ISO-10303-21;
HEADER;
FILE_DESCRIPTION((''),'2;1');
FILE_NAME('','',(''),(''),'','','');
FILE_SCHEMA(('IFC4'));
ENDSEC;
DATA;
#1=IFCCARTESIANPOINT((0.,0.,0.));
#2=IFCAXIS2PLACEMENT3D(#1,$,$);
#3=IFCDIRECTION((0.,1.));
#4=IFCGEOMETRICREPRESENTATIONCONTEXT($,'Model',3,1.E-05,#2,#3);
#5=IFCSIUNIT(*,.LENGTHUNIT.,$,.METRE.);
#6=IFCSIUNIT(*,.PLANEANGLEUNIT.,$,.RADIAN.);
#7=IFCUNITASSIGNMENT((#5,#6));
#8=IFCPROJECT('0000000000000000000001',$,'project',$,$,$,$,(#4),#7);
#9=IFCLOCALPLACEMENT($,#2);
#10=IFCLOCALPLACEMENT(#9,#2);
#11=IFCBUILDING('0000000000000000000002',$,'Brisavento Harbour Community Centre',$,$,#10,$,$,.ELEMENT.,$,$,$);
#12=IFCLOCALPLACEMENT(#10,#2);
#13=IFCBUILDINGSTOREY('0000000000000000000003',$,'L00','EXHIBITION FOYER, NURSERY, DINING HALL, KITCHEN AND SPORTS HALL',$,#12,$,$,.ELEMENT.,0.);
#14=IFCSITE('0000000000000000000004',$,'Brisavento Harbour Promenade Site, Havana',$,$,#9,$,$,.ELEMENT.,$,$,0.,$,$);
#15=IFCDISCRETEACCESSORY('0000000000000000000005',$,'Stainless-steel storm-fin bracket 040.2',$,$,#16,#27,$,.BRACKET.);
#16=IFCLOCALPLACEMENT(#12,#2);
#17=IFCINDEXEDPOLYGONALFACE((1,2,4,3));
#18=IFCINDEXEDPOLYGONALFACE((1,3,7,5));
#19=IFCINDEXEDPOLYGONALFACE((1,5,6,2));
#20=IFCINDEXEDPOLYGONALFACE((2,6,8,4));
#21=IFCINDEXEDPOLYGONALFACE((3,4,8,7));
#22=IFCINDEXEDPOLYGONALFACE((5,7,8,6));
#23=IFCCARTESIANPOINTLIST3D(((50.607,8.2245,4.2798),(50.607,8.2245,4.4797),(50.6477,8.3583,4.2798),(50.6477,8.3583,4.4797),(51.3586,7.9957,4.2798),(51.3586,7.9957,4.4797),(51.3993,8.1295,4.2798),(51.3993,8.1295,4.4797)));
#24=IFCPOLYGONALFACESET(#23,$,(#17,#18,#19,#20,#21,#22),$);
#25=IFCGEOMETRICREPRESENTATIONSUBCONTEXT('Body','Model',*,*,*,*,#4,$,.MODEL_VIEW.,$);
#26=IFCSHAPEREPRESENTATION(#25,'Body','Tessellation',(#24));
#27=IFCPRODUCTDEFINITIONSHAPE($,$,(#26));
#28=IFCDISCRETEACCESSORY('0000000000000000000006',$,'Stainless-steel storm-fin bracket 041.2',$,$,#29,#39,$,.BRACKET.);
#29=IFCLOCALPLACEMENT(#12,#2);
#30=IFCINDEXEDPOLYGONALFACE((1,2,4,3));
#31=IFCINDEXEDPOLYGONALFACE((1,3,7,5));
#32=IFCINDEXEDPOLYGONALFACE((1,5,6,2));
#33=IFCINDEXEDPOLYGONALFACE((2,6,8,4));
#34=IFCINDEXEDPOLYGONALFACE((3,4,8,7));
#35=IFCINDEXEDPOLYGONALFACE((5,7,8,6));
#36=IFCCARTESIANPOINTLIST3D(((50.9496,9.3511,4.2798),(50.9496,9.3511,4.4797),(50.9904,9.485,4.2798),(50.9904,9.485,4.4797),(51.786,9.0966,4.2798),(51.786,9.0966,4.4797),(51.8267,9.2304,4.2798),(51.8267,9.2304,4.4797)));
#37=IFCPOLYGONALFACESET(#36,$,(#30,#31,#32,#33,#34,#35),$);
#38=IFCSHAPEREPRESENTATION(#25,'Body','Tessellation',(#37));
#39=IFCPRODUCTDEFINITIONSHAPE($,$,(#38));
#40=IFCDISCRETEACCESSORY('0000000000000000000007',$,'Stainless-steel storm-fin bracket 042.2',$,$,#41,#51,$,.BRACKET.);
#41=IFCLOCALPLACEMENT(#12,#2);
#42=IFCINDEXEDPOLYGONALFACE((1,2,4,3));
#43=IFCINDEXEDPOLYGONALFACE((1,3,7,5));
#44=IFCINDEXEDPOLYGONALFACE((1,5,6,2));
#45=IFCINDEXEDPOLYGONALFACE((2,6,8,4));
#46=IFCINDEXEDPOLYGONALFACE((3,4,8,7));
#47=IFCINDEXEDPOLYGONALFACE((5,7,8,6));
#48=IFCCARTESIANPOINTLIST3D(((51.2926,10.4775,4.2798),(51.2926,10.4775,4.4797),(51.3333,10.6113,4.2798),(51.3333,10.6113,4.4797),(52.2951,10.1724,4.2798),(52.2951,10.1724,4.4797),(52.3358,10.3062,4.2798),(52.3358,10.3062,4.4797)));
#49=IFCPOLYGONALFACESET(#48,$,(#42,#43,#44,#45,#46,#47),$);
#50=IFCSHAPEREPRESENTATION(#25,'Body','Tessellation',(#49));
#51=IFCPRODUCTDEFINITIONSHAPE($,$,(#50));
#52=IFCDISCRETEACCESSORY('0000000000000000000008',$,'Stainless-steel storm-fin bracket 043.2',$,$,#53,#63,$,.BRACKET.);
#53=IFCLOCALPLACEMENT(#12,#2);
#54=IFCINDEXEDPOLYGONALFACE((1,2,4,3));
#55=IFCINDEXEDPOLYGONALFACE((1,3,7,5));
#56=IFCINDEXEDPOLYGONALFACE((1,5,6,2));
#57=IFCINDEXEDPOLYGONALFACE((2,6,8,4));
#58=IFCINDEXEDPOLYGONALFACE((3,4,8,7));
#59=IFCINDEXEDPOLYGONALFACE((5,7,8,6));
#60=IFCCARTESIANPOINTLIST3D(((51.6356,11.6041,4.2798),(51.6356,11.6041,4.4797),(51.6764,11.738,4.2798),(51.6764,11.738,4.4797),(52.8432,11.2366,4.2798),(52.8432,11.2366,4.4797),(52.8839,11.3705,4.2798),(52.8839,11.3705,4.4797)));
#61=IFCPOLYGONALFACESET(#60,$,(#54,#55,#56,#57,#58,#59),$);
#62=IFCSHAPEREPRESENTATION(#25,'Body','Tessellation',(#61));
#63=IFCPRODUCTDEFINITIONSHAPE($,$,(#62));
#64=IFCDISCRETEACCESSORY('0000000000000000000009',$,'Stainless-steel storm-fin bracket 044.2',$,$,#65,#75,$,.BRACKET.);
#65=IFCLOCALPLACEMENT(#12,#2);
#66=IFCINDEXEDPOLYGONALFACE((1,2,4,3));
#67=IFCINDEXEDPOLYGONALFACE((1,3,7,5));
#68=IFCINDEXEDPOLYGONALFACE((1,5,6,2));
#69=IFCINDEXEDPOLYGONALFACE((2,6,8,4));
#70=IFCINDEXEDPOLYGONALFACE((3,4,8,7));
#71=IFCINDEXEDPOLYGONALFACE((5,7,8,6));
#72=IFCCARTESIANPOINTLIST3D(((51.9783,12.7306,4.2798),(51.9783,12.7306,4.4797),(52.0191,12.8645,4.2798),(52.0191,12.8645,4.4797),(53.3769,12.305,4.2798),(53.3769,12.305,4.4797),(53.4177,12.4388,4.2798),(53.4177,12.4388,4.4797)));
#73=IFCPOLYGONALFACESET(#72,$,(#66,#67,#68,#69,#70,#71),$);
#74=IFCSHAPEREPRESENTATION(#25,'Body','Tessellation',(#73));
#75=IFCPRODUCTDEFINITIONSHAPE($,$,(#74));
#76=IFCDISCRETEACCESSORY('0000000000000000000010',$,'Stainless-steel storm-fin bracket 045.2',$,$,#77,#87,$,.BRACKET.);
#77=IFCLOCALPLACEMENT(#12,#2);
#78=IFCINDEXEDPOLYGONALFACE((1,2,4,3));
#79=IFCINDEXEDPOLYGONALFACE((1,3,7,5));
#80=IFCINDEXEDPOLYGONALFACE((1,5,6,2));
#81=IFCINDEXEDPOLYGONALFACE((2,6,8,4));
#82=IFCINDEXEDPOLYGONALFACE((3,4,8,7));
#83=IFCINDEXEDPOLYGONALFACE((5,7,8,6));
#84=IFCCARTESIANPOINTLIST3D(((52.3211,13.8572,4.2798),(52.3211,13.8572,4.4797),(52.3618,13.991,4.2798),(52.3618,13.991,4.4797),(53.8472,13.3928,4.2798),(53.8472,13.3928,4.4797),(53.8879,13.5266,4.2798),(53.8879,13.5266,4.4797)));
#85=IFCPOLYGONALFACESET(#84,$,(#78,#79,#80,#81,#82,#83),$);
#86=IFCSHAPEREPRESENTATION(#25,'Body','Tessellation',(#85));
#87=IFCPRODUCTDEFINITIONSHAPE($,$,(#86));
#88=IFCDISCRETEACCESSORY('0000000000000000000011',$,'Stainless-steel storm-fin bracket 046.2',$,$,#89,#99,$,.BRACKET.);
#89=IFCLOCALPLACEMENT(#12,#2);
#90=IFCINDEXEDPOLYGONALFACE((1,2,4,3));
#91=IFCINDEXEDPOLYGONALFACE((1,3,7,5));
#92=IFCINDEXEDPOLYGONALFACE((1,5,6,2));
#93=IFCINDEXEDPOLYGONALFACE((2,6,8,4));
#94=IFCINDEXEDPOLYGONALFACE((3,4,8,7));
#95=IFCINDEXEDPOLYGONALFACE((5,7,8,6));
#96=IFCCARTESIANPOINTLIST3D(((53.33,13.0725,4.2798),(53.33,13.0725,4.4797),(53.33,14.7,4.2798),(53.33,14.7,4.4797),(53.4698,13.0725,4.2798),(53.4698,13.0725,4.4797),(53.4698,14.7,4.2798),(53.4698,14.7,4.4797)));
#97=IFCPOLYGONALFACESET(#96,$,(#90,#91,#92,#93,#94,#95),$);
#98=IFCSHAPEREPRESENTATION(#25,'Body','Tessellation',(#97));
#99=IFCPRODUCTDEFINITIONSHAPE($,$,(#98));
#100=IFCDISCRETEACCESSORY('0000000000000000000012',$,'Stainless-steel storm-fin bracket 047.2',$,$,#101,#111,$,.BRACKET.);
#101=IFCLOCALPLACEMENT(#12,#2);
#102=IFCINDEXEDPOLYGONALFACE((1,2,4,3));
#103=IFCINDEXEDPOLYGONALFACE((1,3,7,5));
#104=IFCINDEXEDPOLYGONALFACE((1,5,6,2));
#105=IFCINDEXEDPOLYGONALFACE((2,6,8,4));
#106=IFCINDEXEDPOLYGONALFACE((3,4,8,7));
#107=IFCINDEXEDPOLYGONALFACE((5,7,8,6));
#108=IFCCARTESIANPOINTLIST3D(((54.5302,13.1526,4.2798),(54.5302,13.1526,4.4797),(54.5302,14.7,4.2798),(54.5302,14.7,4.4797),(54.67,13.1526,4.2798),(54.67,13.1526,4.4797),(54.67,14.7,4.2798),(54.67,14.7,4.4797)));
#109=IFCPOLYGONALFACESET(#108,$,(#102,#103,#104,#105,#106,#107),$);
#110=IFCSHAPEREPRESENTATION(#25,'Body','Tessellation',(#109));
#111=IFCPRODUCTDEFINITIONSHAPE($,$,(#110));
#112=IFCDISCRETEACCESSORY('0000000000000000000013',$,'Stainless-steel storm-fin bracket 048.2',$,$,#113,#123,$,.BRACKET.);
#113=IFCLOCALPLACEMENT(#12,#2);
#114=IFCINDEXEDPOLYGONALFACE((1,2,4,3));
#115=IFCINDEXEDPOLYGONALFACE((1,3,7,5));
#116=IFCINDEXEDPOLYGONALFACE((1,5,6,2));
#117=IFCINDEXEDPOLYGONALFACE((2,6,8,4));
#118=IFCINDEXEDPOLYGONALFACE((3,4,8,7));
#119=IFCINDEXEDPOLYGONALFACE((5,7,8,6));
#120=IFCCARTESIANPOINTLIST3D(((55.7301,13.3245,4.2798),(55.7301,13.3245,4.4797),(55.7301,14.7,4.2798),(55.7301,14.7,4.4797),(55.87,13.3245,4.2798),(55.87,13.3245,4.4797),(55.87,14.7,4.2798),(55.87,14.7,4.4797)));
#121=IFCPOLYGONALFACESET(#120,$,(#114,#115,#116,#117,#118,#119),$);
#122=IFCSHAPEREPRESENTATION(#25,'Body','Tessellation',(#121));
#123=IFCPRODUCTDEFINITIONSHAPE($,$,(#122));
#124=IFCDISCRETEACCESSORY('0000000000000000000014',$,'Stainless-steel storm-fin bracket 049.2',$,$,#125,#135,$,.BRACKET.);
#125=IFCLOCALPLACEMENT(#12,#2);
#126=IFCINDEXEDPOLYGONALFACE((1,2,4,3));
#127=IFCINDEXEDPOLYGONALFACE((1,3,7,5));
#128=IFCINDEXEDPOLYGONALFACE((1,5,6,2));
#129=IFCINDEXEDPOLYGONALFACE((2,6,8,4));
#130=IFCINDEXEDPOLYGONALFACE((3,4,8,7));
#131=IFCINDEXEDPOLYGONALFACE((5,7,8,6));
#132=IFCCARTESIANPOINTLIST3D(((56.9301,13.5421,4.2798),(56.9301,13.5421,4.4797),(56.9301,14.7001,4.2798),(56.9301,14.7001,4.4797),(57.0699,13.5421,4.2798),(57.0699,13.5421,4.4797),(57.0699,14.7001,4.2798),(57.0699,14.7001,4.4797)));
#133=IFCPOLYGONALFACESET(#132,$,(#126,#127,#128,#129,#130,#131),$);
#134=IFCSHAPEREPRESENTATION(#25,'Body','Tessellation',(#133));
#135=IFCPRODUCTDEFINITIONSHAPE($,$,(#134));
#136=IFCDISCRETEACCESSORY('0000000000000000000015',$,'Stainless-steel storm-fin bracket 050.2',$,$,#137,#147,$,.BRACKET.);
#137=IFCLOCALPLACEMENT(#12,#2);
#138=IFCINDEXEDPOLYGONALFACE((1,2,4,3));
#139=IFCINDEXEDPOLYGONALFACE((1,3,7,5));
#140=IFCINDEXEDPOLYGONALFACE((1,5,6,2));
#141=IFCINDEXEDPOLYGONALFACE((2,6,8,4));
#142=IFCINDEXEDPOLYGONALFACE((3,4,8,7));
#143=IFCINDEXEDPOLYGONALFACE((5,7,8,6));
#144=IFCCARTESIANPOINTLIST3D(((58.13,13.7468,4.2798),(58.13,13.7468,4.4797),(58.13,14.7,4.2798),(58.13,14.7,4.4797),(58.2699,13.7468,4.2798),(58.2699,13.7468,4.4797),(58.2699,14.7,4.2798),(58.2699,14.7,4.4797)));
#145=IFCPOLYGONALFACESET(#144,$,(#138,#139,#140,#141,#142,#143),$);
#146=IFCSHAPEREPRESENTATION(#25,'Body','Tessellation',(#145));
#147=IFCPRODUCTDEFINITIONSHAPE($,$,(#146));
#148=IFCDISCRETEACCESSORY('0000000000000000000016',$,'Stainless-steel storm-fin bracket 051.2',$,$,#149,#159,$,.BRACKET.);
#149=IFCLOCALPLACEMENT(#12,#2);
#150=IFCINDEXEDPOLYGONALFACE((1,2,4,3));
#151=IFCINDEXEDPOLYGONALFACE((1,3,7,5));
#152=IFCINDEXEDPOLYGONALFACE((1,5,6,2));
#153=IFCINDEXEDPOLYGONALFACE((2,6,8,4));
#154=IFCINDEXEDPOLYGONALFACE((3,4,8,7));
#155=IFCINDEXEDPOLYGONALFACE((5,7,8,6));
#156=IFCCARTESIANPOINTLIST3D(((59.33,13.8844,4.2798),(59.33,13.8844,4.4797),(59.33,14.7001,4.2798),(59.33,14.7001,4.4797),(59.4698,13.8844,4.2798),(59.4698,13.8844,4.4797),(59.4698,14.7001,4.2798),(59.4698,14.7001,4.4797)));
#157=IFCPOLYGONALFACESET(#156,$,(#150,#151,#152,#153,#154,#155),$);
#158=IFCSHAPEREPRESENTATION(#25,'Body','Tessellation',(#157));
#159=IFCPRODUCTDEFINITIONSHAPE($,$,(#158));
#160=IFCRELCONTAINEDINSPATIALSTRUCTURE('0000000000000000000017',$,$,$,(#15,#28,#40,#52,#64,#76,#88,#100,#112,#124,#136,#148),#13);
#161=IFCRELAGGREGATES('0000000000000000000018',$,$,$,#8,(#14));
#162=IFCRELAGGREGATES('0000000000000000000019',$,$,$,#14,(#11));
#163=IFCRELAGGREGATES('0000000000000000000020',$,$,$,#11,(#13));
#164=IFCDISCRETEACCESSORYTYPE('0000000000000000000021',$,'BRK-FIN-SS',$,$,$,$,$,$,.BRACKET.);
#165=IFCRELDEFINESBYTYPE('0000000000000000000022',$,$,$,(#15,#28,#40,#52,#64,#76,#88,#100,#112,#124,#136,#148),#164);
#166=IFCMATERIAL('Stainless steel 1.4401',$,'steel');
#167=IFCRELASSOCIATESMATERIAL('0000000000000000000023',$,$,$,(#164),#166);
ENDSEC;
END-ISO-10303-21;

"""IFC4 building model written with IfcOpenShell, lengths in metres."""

from ifc_helpers import new_model, si_unit, direction, frame, origin, origin_2d, place, context, subcontext, project, spatial, rectangle, extrude, material, type_object, element, save


model = new_model("IFC4")

# Units and contexts
model_context = context("Model", 3, precision=1e-05, world=origin(), true_north=direction((0.0, 1.0)))
body_context = subcontext(model_context, "Body", "Model", "MODEL_VIEW")
ifc_project = project(units=[si_unit("LENGTHUNIT", "METRE"), si_unit("PLANEANGLEUNIT", "RADIAN")], contexts=[model_context])

# Site, building, storey
site_placement = place(None, origin())
site = spatial("IfcSite", under=ifc_project, at=site_placement, Name="Brisavento Harbour Promenade Site, Havana", CompositionType="ELEMENT", RefElevation=0.0)
building_placement = place(site_placement, origin())
building = spatial("IfcBuilding", under=site, at=building_placement, Name="Brisavento Harbour Community Centre", CompositionType="ELEMENT")
storey_placement = place(building_placement, origin())
storey = spatial("IfcBuildingStorey", under=building, at=storey_placement, Name="L00", Description="EXHIBITION FOYER, NURSERY, DINING HALL, KITCHEN AND SPORTS HALL", CompositionType="ELEMENT", Elevation=0.0)

# Discrete accessories
ifc_material_1 = material(Name="Stainless steel 1.4401", Category="steel")
discrete_accessory_type = type_object("IfcDiscreteAccessoryType", Name="BRK-FIN-SS", PredefinedType="BRACKET", material=ifc_material_1)
discrete_accessory_1_placement = place(storey_placement, frame((51.0032, 8.177, 4.2798), z_axis=(0.0, 0.0, 1.0), x_axis=(0.956676, -0.291153, 0.0)))
element("IfcDiscreteAccessory", 1, at=discrete_accessory_1_placement, inside=storey, type_object=discrete_accessory_type, Name="Stainless-steel storm-fin bracket 040.2", PredefinedType="BRACKET", context=body_context, shape_type="SweptSolid", body=[
    extrude(rectangle(XDim=0.7856, YDim=0.1399, at=origin_2d()), origin(), (0.0, 0.0, 1.0), 0.2),
])
discrete_accessory_2_placement = place(storey_placement, frame((51.3882, 9.2908, 4.2798), z_axis=(0.0, 0.0, 1.0), x_axis=(0.956676, -0.291153, 0.0)))
element("IfcDiscreteAccessory", 2, at=discrete_accessory_2_placement, inside=storey, type_object=discrete_accessory_type, Name="Stainless-steel storm-fin bracket 041.2", PredefinedType="BRACKET", context=body_context, shape_type="SweptSolid", body=[
    extrude(rectangle(XDim=0.8743, YDim=0.1399, at=origin_2d()), origin(), (0.0, 0.0, 1.0), 0.2),
])
discrete_accessory_3_placement = place(storey_placement, frame((51.8142, 10.3918, 4.2798), z_axis=(0.0, 0.0, 1.0), x_axis=(0.956676, -0.291153, 0.0)))
element("IfcDiscreteAccessory", 3, at=discrete_accessory_3_placement, inside=storey, type_object=discrete_accessory_type, Name="Stainless-steel storm-fin bracket 042.2", PredefinedType="BRACKET", context=body_context, shape_type="SweptSolid", body=[
    extrude(rectangle(XDim=1.0479, YDim=0.1399, at=origin_2d()), origin(), (0.0, 0.0, 1.0), 0.2),
])
discrete_accessory_4_placement = place(storey_placement, frame((52.2598, 11.4873, 4.2798), z_axis=(0.0, 0.0, 1.0), x_axis=(0.956676, -0.291153, 0.0)))
element("IfcDiscreteAccessory", 4, at=discrete_accessory_4_placement, inside=storey, type_object=discrete_accessory_type, Name="Stainless-steel storm-fin bracket 043.2", PredefinedType="BRACKET", context=body_context, shape_type="SweptSolid", body=[
    extrude(rectangle(XDim=1.2622, YDim=0.1399, at=origin_2d()), origin(), (0.0, 0.0, 1.0), 0.2),
])
discrete_accessory_5_placement = place(storey_placement, frame((52.698, 12.5847, 4.2798), z_axis=(0.0, 0.0, 1.0), x_axis=(0.956676, -0.291153, 0.0)))
element("IfcDiscreteAccessory", 5, at=discrete_accessory_5_placement, inside=storey, type_object=discrete_accessory_type, Name="Stainless-steel storm-fin bracket 044.2", PredefinedType="BRACKET", context=body_context, shape_type="SweptSolid", body=[
    extrude(rectangle(XDim=1.4619, YDim=0.1399, at=origin_2d()), origin(), (0.0, 0.0, 1.0), 0.2),
])
discrete_accessory_6_placement = place(storey_placement, frame((53.1045, 13.6919, 4.2798), z_axis=(0.0, 0.0, 1.0), x_axis=(0.956676, -0.291153, 0.0)))
element("IfcDiscreteAccessory", 6, at=discrete_accessory_6_placement, inside=storey, type_object=discrete_accessory_type, Name="Stainless-steel storm-fin bracket 045.2", PredefinedType="BRACKET", context=body_context, shape_type="SweptSolid", body=[
    extrude(rectangle(XDim=1.5952, YDim=0.1399, at=origin_2d()), origin(), (0.0, 0.0, 1.0), 0.2),
])
discrete_accessory_7_placement = place(storey_placement, frame((53.3999, 13.8862, 4.2798), z_axis=(0.0, 0.0, 1.0), x_axis=(0.0, -1.0, 0.0)))
element("IfcDiscreteAccessory", 7, at=discrete_accessory_7_placement, inside=storey, type_object=discrete_accessory_type, Name="Stainless-steel storm-fin bracket 046.2", PredefinedType="BRACKET", context=body_context, shape_type="SweptSolid", body=[
    extrude(rectangle(XDim=1.6274, YDim=0.1399, at=origin_2d()), origin(), (0.0, 0.0, 1.0), 0.2),
])
discrete_accessory_8_placement = place(storey_placement, frame((54.6001, 13.9263, 4.2798), z_axis=(0.0, 0.0, 1.0), x_axis=(0.0, -1.0, 0.0)))
element("IfcDiscreteAccessory", 8, at=discrete_accessory_8_placement, inside=storey, type_object=discrete_accessory_type, Name="Stainless-steel storm-fin bracket 047.2", PredefinedType="BRACKET", context=body_context, shape_type="SweptSolid", body=[
    extrude(rectangle(XDim=1.5474, YDim=0.1399, at=origin_2d()), origin(), (0.0, 0.0, 1.0), 0.2),
])
discrete_accessory_9_placement = place(storey_placement, frame((55.8, 14.0122, 4.2798), z_axis=(0.0, 0.0, 1.0), x_axis=(0.0, -1.0, 0.0)))
element("IfcDiscreteAccessory", 9, at=discrete_accessory_9_placement, inside=storey, type_object=discrete_accessory_type, Name="Stainless-steel storm-fin bracket 048.2", PredefinedType="BRACKET", context=body_context, shape_type="SweptSolid", body=[
    extrude(rectangle(XDim=1.3755, YDim=0.1399, at=origin_2d()), origin(), (0.0, 0.0, 1.0), 0.2),
])
discrete_accessory_10_placement = place(storey_placement, frame((57.0, 14.1211, 4.2798), z_axis=(0.0, 0.0, 1.0), x_axis=(0.0, -1.0, 0.0)))
element("IfcDiscreteAccessory", 10, at=discrete_accessory_10_placement, inside=storey, type_object=discrete_accessory_type, Name="Stainless-steel storm-fin bracket 049.2", PredefinedType="BRACKET", context=body_context, shape_type="SweptSolid", body=[
    extrude(rectangle(XDim=1.158, YDim=0.1399, at=origin_2d()), origin(), (0.0, 0.0, 1.0), 0.2),
])
discrete_accessory_11_placement = place(storey_placement, frame((58.2, 14.2234, 4.2798), z_axis=(0.0, 0.0, 1.0), x_axis=(0.0, -1.0, 0.0)))
element("IfcDiscreteAccessory", 11, at=discrete_accessory_11_placement, inside=storey, type_object=discrete_accessory_type, Name="Stainless-steel storm-fin bracket 050.2", PredefinedType="BRACKET", context=body_context, shape_type="SweptSolid", body=[
    extrude(rectangle(XDim=0.9531, YDim=0.1399, at=origin_2d()), origin(), (0.0, 0.0, 1.0), 0.2),
])
discrete_accessory_12_placement = place(storey_placement, frame((59.3999, 14.2922, 4.2798), z_axis=(0.0, 0.0, 1.0), x_axis=(0.0, -1.0, 0.0)))
element("IfcDiscreteAccessory", 12, at=discrete_accessory_12_placement, inside=storey, type_object=discrete_accessory_type, Name="Stainless-steel storm-fin bracket 051.2", PredefinedType="BRACKET", context=body_context, shape_type="SweptSolid", body=[
    extrude(rectangle(XDim=0.8157, YDim=0.1399, at=origin_2d()), origin(), (0.0, 0.0, 1.0), 0.2),
])

save(model, "model.ifc")
